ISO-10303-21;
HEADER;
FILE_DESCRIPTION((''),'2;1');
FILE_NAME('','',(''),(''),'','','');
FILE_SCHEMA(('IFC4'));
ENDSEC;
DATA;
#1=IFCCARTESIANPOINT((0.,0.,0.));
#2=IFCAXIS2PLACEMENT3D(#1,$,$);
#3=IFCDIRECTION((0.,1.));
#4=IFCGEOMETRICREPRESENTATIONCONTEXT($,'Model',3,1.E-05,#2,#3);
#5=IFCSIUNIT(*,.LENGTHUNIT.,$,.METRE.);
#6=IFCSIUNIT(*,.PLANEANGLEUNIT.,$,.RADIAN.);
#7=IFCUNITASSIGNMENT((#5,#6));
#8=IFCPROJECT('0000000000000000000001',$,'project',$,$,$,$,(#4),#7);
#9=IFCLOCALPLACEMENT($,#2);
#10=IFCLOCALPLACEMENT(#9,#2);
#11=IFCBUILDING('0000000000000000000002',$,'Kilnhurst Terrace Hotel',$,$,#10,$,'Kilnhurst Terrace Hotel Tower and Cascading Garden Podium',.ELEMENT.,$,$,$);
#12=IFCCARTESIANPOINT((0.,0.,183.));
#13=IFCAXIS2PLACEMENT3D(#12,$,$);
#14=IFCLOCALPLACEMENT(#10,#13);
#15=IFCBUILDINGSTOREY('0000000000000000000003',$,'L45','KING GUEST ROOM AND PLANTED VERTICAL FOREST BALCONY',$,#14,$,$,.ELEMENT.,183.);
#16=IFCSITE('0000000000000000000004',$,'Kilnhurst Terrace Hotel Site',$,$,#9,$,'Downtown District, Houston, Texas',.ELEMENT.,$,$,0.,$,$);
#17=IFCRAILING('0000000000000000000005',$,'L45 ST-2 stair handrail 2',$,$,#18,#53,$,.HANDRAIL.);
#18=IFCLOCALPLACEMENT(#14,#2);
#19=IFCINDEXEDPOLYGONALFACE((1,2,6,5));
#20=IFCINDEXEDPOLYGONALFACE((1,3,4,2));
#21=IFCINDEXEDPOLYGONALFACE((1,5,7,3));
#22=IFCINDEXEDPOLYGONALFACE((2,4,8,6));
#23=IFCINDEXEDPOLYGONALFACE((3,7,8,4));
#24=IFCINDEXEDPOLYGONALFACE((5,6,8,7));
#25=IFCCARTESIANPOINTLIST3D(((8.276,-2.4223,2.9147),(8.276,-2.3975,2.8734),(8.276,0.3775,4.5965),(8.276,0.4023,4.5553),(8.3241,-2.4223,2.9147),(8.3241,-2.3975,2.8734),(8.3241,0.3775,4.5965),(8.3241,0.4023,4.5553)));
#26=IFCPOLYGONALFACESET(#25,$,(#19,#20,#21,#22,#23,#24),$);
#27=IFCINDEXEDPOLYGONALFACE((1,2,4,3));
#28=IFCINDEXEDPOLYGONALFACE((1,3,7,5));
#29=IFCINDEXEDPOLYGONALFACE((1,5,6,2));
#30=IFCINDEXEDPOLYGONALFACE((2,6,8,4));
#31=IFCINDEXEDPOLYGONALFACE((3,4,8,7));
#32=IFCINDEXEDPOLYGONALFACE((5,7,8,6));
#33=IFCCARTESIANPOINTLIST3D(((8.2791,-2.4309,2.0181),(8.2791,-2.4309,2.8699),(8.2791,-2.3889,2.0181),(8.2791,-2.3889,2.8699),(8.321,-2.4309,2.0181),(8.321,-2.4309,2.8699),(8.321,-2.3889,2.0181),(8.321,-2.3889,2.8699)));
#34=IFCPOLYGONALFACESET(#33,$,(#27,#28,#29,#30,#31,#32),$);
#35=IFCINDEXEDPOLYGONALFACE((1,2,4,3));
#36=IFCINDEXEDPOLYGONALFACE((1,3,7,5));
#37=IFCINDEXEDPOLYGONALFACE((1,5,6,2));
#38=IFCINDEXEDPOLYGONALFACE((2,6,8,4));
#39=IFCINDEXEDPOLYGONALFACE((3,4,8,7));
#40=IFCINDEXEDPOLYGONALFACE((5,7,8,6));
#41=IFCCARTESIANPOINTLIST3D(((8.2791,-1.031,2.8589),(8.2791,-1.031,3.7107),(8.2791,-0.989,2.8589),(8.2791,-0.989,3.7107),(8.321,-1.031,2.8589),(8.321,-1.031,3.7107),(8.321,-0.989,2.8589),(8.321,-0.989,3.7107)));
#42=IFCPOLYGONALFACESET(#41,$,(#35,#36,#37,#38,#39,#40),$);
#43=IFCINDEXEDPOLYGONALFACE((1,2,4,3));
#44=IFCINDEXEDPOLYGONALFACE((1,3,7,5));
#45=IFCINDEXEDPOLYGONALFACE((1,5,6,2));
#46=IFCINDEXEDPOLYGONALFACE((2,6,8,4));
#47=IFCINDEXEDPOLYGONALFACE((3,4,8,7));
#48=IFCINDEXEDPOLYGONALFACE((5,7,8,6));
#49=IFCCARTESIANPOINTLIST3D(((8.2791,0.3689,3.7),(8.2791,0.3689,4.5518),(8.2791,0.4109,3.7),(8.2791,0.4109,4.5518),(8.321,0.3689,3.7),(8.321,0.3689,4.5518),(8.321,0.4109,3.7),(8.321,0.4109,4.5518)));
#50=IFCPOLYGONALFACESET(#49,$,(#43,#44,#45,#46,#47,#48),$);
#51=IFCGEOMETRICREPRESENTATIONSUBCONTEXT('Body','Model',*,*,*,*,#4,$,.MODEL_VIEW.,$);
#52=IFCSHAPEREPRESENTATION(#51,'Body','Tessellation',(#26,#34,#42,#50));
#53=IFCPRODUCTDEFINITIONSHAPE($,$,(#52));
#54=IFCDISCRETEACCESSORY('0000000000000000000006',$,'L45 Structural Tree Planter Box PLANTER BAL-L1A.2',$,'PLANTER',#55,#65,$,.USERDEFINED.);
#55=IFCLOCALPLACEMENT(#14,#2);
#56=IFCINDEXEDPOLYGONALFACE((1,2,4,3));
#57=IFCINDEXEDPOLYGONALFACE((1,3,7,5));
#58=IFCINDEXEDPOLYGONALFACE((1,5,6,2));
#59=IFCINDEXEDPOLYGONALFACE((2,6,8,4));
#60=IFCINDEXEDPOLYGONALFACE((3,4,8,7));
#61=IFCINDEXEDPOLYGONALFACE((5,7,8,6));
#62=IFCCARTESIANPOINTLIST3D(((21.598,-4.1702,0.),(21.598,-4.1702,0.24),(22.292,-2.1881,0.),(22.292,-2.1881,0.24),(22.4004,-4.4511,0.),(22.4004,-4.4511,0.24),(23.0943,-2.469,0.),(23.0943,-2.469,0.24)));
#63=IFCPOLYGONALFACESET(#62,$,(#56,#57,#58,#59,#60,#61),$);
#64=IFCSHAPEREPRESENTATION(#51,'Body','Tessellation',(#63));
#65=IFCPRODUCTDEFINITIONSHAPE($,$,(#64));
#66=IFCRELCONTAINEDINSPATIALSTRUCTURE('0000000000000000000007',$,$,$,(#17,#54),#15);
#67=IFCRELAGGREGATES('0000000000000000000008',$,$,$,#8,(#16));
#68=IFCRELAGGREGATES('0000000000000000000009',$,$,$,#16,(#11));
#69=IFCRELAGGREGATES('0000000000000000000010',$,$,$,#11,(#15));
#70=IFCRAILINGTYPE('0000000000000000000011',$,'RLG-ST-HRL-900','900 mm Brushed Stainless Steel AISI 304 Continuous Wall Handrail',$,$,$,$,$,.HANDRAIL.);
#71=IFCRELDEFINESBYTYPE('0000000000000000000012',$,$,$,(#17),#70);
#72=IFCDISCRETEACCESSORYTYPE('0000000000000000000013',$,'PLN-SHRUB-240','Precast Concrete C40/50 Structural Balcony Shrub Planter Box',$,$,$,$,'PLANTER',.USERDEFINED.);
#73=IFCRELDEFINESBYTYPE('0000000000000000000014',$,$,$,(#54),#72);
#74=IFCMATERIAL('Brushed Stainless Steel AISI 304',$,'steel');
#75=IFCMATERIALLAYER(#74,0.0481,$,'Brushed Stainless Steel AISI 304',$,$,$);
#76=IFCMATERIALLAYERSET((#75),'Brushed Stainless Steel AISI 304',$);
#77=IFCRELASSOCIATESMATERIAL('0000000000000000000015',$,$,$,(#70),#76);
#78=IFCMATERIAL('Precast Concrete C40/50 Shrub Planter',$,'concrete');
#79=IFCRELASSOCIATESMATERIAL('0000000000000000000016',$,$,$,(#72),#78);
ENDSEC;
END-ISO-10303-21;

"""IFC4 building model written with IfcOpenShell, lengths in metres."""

from ifc_helpers import new_model, si_unit, direction, frame, origin, origin_2d, place, context, subcontext, project, spatial, rectangle, extrude, material, layer, layer_set, type_object, element, save


model = new_model("IFC4")

# Units and contexts
model_context = context("Model", 3, precision=1e-05, world=origin(), true_north=direction((0.0, 1.0)))
body_context = subcontext(model_context, "Body", "Model", "MODEL_VIEW")
ifc_project = project(units=[si_unit("LENGTHUNIT", "METRE"), si_unit("PLANEANGLEUNIT", "RADIAN")], contexts=[model_context])

# Site, building, storey
site_placement = place(None, origin())
site = spatial("IfcSite", under=ifc_project, at=site_placement, Name="Kilnhurst Terrace Hotel Site", LongName="Downtown District, Houston, Texas", CompositionType="ELEMENT", RefElevation=0.0)
building_placement = place(site_placement, origin())
building = spatial("IfcBuilding", under=site, at=building_placement, Name="Kilnhurst Terrace Hotel", LongName="Kilnhurst Terrace Hotel Tower and Cascading Garden Podium", CompositionType="ELEMENT")
storey_placement = place(building_placement, frame((0.0, 0.0, 183.0)))
storey = spatial("IfcBuildingStorey", under=building, at=storey_placement, Name="L45", Description="KING GUEST ROOM AND PLANTED VERTICAL FOREST BALCONY", CompositionType="ELEMENT", Elevation=183.0)

# Railing
ifc_material_1 = material(Name="Brushed Stainless Steel AISI 304", Category="steel")
ifc_layer_1 = layer(ifc_material_1, 0.0481, Name="Brushed Stainless Steel AISI 304")
ifc_layer_set_1 = layer_set([ifc_layer_1], Name="Brushed Stainless Steel AISI 304")
railing_type_1 = type_object("IfcRailingType", Name="RLG-ST-HRL-900", Description="900 mm Brushed Stainless Steel AISI 304 Continuous Wall Handrail", PredefinedType="HANDRAIL", material=ifc_layer_set_1)
railing_1_placement = place(storey_placement, frame((8.3, -2.4099, 2.0181)))
element("IfcRailing", 1, at=railing_1_placement, inside=storey, type_object=railing_type_1, Name="L45 ST-2 stair handrail 2", PredefinedType="HANDRAIL", context=body_context, shape_type="SweptSolid", body=[
    extrude(rectangle(XDim=0.0481, YDim=0.0481, at=origin_2d()), frame((0.0, 0.0, 0.876), z_axis=(0.0, 0.857222, 0.514946), x_axis=(-1.0, 0.0, 0.0)), (0.0, 0.0, 1.0), 3.2661),
    extrude(rectangle(XDim=0.042, YDim=0.042, at=origin_2d()), origin(), (0.0, 0.0, 1.0), 0.8518),
    extrude(rectangle(XDim=0.042, YDim=0.042, at=origin_2d()), frame((0.0, 1.3999, 0.8408)), (0.0, 0.0, 1.0), 0.8518),
    extrude(rectangle(XDim=0.042, YDim=0.042, at=origin_2d()), frame((0.0, 2.7998, 1.6819)), (0.0, 0.0, 1.0), 0.8518),
])

# Discrete accessory
ifc_material_2 = material(Name="Precast Concrete C40/50 Shrub Planter", Category="concrete")
discrete_accessory_type = type_object("IfcDiscreteAccessoryType", Name="PLN-SHRUB-240", Description="Precast Concrete C40/50 Structural Balcony Shrub Planter Box", ElementType="PLANTER", PredefinedType="USERDEFINED", material=ifc_material_2)
discrete_accessory_placement = place(storey_placement, frame((22.3462, -3.3196, 0.0), z_axis=(0.0, 0.0, 1.0), x_axis=(0.330432, 0.94383, 0.0)))
element("IfcDiscreteAccessory", 2, at=discrete_accessory_placement, inside=storey, type_object=discrete_accessory_type, Name="L45 Structural Tree Planter Box PLANTER BAL-L1A.2", ObjectType="PLANTER", PredefinedType="USERDEFINED", context=body_context, shape_type="SweptSolid", body=[
    extrude(rectangle(XDim=2.1001, YDim=0.8501, at=origin_2d()), origin(), (0.0, 0.0, 1.0), 0.24),
])

save(model, "model.ifc")
